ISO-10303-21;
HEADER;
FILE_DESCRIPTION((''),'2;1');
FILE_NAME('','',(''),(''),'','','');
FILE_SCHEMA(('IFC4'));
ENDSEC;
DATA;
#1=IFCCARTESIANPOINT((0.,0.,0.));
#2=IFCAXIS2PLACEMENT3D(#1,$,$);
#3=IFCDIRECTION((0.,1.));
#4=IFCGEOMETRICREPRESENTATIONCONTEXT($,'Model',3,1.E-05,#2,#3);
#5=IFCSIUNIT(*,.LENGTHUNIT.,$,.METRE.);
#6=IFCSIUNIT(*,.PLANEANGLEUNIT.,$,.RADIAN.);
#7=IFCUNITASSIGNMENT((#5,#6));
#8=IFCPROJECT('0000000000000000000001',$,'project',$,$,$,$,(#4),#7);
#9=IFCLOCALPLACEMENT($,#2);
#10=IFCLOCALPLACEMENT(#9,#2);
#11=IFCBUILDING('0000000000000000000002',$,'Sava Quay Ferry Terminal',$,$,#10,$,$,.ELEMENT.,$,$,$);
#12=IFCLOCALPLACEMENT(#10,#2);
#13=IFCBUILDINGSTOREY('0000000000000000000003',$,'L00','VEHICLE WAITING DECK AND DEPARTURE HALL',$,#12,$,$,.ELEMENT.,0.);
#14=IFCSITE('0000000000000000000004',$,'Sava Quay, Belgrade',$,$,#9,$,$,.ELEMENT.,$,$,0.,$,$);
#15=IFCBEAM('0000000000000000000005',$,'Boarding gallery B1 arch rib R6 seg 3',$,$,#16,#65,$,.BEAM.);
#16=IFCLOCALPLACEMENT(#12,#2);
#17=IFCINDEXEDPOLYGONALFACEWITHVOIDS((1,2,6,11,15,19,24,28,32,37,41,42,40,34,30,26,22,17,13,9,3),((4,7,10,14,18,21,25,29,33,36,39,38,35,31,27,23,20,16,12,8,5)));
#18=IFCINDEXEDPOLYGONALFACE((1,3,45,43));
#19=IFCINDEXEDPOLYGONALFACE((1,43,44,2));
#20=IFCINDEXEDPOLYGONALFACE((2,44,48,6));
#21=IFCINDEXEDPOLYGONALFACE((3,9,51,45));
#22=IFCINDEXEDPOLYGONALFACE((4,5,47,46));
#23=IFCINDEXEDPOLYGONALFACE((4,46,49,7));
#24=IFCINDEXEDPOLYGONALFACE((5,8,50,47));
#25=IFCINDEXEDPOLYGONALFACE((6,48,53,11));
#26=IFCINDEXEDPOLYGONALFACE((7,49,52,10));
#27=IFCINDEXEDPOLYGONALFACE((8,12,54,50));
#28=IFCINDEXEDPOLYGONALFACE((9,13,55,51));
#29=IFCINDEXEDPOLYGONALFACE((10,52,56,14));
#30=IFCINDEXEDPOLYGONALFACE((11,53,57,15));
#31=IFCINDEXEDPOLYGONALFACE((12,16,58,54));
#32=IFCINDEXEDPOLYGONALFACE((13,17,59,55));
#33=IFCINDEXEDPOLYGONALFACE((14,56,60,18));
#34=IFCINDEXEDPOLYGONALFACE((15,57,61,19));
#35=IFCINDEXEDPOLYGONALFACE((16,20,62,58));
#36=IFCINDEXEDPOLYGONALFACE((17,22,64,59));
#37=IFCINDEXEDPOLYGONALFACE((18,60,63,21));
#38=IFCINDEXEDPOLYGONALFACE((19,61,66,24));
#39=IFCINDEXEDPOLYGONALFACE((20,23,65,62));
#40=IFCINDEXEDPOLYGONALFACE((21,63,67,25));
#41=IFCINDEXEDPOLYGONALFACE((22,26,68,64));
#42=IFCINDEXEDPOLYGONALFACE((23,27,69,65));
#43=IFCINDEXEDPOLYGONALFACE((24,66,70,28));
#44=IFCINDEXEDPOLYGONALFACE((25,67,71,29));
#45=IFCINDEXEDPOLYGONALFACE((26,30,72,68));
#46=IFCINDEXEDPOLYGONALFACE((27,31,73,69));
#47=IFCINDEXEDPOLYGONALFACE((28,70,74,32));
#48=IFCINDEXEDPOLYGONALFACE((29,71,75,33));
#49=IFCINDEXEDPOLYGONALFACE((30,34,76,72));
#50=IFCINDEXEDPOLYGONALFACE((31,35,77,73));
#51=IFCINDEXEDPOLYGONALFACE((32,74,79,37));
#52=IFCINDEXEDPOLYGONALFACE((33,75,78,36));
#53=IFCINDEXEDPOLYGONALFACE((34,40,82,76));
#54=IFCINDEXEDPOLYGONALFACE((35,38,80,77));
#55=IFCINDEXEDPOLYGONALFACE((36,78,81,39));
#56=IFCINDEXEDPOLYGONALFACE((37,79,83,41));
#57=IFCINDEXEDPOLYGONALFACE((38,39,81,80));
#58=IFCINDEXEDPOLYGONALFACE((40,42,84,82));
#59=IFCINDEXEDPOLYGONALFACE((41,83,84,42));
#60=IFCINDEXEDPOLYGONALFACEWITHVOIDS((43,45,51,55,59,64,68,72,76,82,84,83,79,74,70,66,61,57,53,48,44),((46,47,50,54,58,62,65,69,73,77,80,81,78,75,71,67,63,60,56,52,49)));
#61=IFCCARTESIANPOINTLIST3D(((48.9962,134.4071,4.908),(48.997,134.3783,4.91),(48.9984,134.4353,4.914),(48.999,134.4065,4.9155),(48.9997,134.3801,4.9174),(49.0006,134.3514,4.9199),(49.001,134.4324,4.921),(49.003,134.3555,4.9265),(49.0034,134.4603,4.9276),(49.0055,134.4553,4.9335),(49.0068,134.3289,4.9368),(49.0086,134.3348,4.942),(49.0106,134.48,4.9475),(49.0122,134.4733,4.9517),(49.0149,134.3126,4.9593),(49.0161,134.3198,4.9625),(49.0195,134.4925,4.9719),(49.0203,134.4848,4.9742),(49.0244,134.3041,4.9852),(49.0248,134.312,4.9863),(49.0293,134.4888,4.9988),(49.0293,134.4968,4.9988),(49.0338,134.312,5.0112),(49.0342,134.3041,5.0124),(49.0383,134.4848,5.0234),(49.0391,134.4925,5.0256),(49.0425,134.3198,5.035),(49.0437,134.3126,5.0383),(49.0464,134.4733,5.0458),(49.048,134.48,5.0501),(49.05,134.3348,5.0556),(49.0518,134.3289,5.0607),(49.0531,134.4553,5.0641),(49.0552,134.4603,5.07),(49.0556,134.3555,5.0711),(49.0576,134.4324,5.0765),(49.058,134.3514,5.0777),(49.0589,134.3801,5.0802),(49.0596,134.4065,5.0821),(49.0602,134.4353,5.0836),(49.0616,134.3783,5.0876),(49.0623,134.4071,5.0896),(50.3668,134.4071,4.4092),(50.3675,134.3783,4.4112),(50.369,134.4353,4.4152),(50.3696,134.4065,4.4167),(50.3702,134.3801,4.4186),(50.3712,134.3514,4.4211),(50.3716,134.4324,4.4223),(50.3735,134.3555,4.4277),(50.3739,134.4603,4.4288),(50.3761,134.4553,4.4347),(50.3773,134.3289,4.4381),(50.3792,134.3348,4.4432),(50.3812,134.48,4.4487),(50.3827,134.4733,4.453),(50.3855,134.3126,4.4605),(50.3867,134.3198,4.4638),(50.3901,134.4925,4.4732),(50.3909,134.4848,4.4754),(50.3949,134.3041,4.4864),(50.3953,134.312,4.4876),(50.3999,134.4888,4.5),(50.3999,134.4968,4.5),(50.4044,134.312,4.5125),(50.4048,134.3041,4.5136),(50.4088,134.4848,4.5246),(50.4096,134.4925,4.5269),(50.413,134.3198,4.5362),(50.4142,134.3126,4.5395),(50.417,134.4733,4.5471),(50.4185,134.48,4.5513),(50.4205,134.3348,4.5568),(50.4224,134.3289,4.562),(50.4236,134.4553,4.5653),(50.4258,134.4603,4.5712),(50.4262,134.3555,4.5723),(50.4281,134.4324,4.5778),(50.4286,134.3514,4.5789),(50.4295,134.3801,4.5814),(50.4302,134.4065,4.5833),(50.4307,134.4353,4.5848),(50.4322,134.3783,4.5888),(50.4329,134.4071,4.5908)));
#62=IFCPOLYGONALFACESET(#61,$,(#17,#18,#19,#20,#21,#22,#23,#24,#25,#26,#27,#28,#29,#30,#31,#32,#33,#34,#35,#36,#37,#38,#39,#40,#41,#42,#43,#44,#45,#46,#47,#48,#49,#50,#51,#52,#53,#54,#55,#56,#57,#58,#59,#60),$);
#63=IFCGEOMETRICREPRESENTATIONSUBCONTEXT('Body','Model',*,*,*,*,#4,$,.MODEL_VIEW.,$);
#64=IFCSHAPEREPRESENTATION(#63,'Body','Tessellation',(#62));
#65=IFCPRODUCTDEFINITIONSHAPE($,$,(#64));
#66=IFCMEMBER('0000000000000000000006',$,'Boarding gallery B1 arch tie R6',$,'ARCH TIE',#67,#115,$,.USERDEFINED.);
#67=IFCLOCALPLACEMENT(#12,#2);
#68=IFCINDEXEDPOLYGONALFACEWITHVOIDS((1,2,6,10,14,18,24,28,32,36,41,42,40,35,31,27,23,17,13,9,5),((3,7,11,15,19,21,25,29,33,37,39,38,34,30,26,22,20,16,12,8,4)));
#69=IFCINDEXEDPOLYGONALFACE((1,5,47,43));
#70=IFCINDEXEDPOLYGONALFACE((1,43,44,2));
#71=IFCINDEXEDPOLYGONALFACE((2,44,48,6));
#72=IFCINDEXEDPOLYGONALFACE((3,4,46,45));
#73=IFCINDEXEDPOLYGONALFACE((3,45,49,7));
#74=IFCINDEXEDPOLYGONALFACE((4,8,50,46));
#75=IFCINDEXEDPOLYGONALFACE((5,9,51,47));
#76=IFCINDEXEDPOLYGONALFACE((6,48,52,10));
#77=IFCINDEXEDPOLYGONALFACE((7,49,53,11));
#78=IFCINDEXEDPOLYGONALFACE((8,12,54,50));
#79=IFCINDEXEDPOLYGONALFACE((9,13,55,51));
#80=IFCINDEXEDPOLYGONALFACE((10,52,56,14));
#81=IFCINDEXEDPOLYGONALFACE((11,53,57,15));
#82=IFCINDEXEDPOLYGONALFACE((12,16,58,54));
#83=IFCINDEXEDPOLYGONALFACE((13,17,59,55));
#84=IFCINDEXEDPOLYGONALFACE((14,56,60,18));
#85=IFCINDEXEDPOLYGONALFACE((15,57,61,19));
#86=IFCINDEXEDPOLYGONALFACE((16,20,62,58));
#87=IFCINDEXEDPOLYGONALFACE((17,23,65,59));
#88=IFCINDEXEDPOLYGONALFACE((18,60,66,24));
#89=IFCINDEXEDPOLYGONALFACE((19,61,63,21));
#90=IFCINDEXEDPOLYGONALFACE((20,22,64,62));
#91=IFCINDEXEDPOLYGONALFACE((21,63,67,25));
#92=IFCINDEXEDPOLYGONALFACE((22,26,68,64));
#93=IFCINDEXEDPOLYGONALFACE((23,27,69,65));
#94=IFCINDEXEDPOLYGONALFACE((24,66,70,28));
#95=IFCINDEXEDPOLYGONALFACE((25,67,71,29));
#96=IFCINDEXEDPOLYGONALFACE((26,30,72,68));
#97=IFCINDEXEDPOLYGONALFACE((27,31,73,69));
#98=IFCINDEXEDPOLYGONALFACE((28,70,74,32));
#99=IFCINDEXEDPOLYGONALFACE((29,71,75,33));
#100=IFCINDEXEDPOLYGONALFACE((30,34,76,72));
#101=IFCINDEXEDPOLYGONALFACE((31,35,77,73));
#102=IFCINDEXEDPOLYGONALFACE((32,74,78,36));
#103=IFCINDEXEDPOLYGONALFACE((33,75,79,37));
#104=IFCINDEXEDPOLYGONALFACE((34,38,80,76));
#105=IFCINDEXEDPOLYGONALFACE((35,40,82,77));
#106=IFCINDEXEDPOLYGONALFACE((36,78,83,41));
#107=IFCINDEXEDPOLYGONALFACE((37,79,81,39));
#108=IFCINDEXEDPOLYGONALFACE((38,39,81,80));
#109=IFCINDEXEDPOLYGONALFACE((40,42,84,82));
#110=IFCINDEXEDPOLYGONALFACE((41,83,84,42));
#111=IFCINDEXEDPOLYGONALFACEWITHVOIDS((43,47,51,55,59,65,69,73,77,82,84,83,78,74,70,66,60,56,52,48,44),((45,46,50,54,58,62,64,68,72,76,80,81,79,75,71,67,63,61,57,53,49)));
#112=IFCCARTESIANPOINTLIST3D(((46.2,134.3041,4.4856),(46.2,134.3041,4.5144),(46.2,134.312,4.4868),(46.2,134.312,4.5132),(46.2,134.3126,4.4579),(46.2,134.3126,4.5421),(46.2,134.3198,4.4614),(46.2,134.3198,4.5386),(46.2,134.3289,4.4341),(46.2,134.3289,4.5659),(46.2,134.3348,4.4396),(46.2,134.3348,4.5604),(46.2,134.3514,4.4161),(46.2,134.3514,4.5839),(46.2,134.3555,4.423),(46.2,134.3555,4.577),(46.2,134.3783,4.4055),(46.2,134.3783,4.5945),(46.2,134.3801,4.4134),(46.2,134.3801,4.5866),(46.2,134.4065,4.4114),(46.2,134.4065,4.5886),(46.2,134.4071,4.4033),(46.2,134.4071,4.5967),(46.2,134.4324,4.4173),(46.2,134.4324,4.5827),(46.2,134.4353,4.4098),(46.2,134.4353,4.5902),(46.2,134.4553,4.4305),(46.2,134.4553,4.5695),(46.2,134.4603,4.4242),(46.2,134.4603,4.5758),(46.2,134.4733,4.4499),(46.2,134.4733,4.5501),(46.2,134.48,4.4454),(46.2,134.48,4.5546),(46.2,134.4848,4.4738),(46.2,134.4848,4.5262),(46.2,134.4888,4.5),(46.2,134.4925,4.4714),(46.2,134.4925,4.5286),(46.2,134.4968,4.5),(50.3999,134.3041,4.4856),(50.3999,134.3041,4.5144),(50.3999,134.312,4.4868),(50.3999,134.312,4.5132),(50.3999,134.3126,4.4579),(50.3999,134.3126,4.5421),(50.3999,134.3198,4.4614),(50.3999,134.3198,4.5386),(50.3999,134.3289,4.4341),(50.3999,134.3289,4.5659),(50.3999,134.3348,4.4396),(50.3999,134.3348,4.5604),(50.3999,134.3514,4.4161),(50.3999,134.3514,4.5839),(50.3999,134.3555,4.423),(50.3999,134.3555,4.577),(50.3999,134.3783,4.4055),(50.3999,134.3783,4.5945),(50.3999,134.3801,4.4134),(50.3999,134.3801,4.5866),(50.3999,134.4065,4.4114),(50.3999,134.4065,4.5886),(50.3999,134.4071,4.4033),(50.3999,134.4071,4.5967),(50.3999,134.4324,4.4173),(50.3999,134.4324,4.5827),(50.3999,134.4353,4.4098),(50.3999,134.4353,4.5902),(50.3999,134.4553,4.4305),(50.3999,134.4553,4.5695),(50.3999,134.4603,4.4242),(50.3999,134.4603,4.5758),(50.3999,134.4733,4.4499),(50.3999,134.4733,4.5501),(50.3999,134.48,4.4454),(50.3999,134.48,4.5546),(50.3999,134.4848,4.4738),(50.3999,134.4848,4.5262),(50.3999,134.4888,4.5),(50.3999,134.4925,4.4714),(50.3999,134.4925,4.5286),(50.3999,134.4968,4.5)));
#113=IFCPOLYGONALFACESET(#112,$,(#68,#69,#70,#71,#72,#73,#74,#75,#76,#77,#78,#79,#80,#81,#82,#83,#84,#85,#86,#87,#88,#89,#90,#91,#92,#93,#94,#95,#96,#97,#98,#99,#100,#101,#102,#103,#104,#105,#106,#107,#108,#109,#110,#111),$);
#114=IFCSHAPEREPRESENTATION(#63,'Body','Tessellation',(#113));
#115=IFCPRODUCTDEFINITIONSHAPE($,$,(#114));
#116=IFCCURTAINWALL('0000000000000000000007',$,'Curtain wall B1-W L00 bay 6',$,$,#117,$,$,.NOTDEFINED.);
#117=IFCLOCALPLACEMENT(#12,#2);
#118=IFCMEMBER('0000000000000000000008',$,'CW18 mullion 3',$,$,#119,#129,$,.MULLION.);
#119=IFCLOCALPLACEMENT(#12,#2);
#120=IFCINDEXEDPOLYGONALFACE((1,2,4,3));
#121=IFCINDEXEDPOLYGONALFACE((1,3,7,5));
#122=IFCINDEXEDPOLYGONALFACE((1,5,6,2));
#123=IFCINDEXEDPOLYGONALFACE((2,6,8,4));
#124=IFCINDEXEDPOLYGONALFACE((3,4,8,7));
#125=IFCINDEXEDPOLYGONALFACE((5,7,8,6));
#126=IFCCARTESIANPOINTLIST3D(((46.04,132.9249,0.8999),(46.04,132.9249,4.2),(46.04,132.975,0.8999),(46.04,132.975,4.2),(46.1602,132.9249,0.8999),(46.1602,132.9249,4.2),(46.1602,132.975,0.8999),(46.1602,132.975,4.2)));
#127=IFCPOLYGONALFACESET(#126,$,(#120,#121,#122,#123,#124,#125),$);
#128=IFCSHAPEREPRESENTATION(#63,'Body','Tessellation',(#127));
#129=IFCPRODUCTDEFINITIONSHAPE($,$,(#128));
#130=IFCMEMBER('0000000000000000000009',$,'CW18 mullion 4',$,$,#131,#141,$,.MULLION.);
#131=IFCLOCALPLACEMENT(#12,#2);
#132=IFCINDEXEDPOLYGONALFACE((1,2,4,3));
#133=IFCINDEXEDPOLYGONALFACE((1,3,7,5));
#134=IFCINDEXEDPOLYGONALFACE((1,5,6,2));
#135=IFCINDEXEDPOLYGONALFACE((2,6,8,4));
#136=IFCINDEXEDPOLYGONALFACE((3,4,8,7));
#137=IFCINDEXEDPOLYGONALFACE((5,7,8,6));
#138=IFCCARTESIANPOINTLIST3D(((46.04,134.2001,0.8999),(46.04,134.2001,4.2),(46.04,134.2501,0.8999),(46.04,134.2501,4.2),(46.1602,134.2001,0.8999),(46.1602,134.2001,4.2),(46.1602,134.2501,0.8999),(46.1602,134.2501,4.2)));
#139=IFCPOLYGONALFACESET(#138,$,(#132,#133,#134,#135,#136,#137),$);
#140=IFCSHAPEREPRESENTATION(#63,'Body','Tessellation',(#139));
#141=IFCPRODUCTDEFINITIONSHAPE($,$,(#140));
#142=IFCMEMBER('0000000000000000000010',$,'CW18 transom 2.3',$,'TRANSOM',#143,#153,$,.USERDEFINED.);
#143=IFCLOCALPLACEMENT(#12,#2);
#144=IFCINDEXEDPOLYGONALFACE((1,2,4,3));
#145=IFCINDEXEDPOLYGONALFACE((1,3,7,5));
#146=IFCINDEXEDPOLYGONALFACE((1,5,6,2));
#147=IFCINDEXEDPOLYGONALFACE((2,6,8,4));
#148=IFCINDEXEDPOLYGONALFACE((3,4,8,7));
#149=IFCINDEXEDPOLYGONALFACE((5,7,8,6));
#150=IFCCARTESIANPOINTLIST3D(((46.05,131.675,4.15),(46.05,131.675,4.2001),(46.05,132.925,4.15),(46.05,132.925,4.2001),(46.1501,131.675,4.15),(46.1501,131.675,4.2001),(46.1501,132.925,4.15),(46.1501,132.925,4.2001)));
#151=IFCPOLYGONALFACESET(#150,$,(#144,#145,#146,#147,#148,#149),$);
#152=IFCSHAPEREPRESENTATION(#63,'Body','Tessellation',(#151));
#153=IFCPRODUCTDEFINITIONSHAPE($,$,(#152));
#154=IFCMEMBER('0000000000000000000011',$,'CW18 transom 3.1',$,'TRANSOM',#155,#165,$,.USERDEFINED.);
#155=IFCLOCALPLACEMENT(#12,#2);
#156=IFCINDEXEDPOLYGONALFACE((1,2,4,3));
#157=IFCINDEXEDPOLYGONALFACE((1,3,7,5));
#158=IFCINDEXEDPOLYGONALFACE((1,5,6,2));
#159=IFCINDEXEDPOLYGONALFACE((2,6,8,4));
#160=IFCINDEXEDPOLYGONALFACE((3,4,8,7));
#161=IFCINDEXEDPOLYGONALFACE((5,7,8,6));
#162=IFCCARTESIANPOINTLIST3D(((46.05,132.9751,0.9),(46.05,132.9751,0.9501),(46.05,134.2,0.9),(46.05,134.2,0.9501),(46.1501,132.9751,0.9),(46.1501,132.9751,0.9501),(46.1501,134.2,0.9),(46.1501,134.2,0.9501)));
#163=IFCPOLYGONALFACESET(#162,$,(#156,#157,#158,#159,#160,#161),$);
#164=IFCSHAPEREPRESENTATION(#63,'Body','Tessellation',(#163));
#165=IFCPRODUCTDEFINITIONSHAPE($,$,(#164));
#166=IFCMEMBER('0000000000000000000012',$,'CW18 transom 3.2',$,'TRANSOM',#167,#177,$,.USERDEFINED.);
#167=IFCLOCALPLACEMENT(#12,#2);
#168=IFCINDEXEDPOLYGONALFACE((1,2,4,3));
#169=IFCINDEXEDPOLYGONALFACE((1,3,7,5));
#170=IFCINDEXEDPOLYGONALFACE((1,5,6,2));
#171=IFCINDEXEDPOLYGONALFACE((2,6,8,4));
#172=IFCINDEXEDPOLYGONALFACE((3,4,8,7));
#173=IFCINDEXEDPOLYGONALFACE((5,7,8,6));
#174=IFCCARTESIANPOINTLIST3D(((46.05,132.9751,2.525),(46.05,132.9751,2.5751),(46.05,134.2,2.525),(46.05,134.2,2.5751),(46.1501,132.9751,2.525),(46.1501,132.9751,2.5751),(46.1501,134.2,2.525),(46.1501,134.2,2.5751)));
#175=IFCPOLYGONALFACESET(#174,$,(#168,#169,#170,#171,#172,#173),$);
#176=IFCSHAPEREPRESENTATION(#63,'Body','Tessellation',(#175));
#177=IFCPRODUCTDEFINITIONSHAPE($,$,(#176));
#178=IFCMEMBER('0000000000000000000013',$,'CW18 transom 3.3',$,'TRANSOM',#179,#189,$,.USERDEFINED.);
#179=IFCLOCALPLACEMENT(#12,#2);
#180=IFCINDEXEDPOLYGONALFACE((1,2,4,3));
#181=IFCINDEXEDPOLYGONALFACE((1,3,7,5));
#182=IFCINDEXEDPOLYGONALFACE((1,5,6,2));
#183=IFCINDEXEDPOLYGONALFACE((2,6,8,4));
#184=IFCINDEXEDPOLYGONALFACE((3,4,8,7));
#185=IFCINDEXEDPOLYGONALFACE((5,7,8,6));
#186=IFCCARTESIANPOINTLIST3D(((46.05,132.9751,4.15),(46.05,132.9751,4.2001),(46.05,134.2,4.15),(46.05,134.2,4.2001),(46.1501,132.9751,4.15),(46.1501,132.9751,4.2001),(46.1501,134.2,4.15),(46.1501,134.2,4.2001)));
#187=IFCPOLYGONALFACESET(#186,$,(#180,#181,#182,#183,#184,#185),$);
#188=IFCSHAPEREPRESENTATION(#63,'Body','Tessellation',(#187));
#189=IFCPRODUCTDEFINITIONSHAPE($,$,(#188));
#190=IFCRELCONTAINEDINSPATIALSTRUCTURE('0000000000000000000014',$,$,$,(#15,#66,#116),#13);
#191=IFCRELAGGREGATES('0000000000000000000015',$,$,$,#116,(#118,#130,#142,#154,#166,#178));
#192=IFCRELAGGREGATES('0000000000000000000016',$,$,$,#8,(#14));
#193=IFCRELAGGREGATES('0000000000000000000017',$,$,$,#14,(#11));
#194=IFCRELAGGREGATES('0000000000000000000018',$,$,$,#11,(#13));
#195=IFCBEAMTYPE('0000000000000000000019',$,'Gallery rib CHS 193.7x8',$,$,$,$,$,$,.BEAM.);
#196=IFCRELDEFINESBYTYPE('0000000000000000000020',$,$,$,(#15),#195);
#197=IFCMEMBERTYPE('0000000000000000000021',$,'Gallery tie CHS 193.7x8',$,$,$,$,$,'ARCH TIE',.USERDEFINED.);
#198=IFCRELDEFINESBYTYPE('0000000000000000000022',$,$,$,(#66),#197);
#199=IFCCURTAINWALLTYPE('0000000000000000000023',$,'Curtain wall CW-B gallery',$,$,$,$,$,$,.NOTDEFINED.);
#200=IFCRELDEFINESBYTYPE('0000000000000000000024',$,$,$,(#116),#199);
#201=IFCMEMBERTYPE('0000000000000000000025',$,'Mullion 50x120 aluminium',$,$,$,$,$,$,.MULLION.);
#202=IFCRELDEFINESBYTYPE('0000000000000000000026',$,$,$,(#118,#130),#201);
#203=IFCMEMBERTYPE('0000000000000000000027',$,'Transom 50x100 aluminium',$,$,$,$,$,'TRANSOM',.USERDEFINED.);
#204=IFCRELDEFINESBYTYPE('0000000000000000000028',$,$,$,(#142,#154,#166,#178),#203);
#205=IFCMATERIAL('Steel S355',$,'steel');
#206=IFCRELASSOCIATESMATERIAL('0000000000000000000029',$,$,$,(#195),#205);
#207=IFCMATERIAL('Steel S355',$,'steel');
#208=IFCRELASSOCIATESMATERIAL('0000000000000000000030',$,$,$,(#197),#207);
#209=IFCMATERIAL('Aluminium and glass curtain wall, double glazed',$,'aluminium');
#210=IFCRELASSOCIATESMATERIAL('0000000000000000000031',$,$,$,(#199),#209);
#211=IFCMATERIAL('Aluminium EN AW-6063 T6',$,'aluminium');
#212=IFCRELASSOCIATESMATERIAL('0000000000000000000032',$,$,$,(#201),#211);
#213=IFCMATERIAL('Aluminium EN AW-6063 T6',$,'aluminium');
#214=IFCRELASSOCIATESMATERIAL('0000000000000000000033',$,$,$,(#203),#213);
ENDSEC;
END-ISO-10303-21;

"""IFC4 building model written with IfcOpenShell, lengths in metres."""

from ifc_helpers import new_model, si_unit, direction, frame, origin, origin_2d, place, context, subcontext, project, spatial, rectangle, hollow_circle, extrude, material, material_profile, profile_set, type_object, element, aggregate, save


model = new_model("IFC4")

# Units and contexts
model_context = context("Model", 3, precision=1e-05, world=origin(), true_north=direction((0.0, 1.0)))
body_context = subcontext(model_context, "Body", "Model", "MODEL_VIEW")
ifc_project = project(units=[si_unit("LENGTHUNIT", "METRE"), si_unit("PLANEANGLEUNIT", "RADIAN")], contexts=[model_context])

# Site, building, storey
site_placement = place(None, origin())
site = spatial("IfcSite", under=ifc_project, at=site_placement, Name="Sava Quay, Belgrade", CompositionType="ELEMENT", RefElevation=0.0)
building_placement = place(site_placement, origin())
building = spatial("IfcBuilding", under=site, at=building_placement, Name="Sava Quay Ferry Terminal", CompositionType="ELEMENT")
storey_placement = place(building_placement, origin())
storey = spatial("IfcBuildingStorey", under=building, at=storey_placement, Name="L00", Description="VEHICLE WAITING DECK AND DEPARTURE HALL", CompositionType="ELEMENT", Elevation=0.0)

# Beam
ifc_material_1 = material(Name="Steel S355", Category="steel")
ifc_material_profile_1 = material_profile(ifc_material_1, hollow_circle(Radius=0.0969, WallThickness=0.0081, at=origin_2d()), Name="CHS 193.7 x 8.0")
ifc_profile_set_1 = profile_set([ifc_material_profile_1], Name="Steel S355")
beam_type_1 = type_object("IfcBeamType", Name="Gallery rib CHS 193.7x8", PredefinedType="BEAM", material=ifc_profile_set_1)
beam_1_placement = place(storey_placement, frame((49.0293, 134.3999, 4.9988), z_axis=(0.93971, 0.0, -0.341972), x_axis=(0.0, 1.0, 0.0)))
element("IfcBeam", 1, at=beam_1_placement, inside=storey, type_object=beam_type_1, Name="Boarding gallery B1 arch rib R6 seg 3", PredefinedType="BEAM", context=body_context, shape_type="SweptSolid", body=[
    extrude(hollow_circle(Radius=0.0969, WallThickness=0.0081, at=origin_2d()), origin(), (0.0, 0.0, 1.0), 1.4585),
])

# Member
ifc_material_2 = material(Name="Steel S355", Category="steel")
ifc_material_profile_2 = material_profile(ifc_material_2, hollow_circle(Radius=0.0969, WallThickness=0.0081, at=origin_2d()), Name="CHS 193.7 x 8.0")
ifc_profile_set_2 = profile_set([ifc_material_profile_2], Name="Steel S355")
member_type_1 = type_object("IfcMemberType", Name="Gallery tie CHS 193.7x8", ElementType="ARCH TIE", PredefinedType="USERDEFINED", material=ifc_profile_set_2)
member_1_placement = place(storey_placement, frame((46.2, 134.3999, 4.5), z_axis=(1.0, 0.0, 0.0), x_axis=(0.0, 1.0, 0.0)))
element("IfcMember", 2, at=member_1_placement, inside=storey, type_object=member_type_1, Name="Boarding gallery B1 arch tie R6", ObjectType="ARCH TIE", PredefinedType="USERDEFINED", context=body_context, shape_type="SweptSolid", body=[
    extrude(hollow_circle(Radius=0.0969, WallThickness=0.0081, at=origin_2d()), origin(), (0.0, 0.0, 1.0), 4.2),
])

# Curtain wall, members
ifc_material_3 = material(Name="Aluminium and glass curtain wall, double glazed", Category="aluminium")
curtain_wall_type = type_object("IfcCurtainWallType", Name="Curtain wall CW-B gallery", PredefinedType="NOTDEFINED", material=ifc_material_3)
curtain_wall_placement = place(storey_placement, origin())
curtain_wall = element("IfcCurtainWall", 3, at=curtain_wall_placement, inside=storey, type_object=curtain_wall_type, Name="Curtain wall B1-W L00 bay 6", PredefinedType="NOTDEFINED")
ifc_material_4 = material(Name="Aluminium EN AW-6063 T6", Category="aluminium")
ifc_material_profile_3 = material_profile(ifc_material_4, rectangle(XDim=0.1201, YDim=0.05, at=origin_2d()), Name="Mullion 50x120 aluminium")
ifc_profile_set_3 = profile_set([ifc_material_profile_3], Name="Aluminium EN AW-6063 T6")
member_type_2 = type_object("IfcMemberType", Name="Mullion 50x120 aluminium", PredefinedType="MULLION", material=ifc_profile_set_3)
member_2_placement = place(storey_placement, frame((46.1001, 132.95, 0.8999), z_axis=(0.0, 0.0, 1.0), x_axis=(-1.0, 0.0, 0.0)))
member_2 = element("IfcMember", 4, at=member_2_placement, type_object=member_type_2, Name="CW18 mullion 3", PredefinedType="MULLION", context=body_context, shape_type="SweptSolid", body=[
    extrude(rectangle(XDim=0.1201, YDim=0.05, at=origin_2d()), origin(), (0.0, 0.0, 1.0), 3.3),
])
member_3_placement = place(storey_placement, frame((46.1001, 134.2251, 0.8999), z_axis=(0.0, 0.0, 1.0), x_axis=(-1.0, 0.0, 0.0)))
member_3 = element("IfcMember", 5, at=member_3_placement, type_object=member_type_2, Name="CW18 mullion 4", PredefinedType="MULLION", context=body_context, shape_type="SweptSolid", body=[
    extrude(rectangle(XDim=0.1201, YDim=0.05, at=origin_2d()), origin(), (0.0, 0.0, 1.0), 3.3),
])
ifc_material_5 = material(Name="Aluminium EN AW-6063 T6", Category="aluminium")
ifc_material_profile_4 = material_profile(ifc_material_5, rectangle(XDim=0.1001, YDim=0.05, at=origin_2d()), Name="Transom 50x100 aluminium")
ifc_profile_set_4 = profile_set([ifc_material_profile_4], Name="Aluminium EN AW-6063 T6")
member_type_3 = type_object("IfcMemberType", Name="Transom 50x100 aluminium", ElementType="TRANSOM", PredefinedType="USERDEFINED", material=ifc_profile_set_4)
member_4_placement = place(storey_placement, frame((46.1001, 131.675, 4.175), z_axis=(0.0, 1.0, 0.0), x_axis=(-1.0, 0.0, 0.0)))
member_4 = element("IfcMember", 6, at=member_4_placement, type_object=member_type_3, Name="CW18 transom 2.3", ObjectType="TRANSOM", PredefinedType="USERDEFINED", context=body_context, shape_type="SweptSolid", body=[
    extrude(rectangle(XDim=0.1001, YDim=0.05, at=origin_2d()), origin(), (0.0, 0.0, 1.0), 1.25),
])
member_5_placement = place(storey_placement, frame((46.1001, 132.9751, 0.925), z_axis=(0.0, 1.0, 0.0), x_axis=(-1.0, 0.0, 0.0)))
member_5 = element("IfcMember", 7, at=member_5_placement, type_object=member_type_3, Name="CW18 transom 3.1", ObjectType="TRANSOM", PredefinedType="USERDEFINED", context=body_context, shape_type="SweptSolid", body=[
    extrude(rectangle(XDim=0.1001, YDim=0.05, at=origin_2d()), origin(), (0.0, 0.0, 1.0), 1.2249),
])
member_6_placement = place(storey_placement, frame((46.1001, 132.9751, 2.55), z_axis=(0.0, 1.0, 0.0), x_axis=(-1.0, 0.0, 0.0)))
member_6 = element("IfcMember", 8, at=member_6_placement, type_object=member_type_3, Name="CW18 transom 3.2", ObjectType="TRANSOM", PredefinedType="USERDEFINED", context=body_context, shape_type="SweptSolid", body=[
    extrude(rectangle(XDim=0.1001, YDim=0.05, at=origin_2d()), origin(), (0.0, 0.0, 1.0), 1.2249),
])
member_7_placement = place(storey_placement, frame((46.1001, 132.9751, 4.175), z_axis=(0.0, 1.0, 0.0), x_axis=(-1.0, 0.0, 0.0)))
member_7 = element("IfcMember", 9, at=member_7_placement, type_object=member_type_3, Name="CW18 transom 3.3", ObjectType="TRANSOM", PredefinedType="USERDEFINED", context=body_context, shape_type="SweptSolid", body=[
    extrude(rectangle(XDim=0.1001, YDim=0.05, at=origin_2d()), origin(), (0.0, 0.0, 1.0), 1.2249),
])
aggregate(curtain_wall, [member_2, member_3, member_4, member_5, member_6, member_7])

save(model, "model.ifc")
